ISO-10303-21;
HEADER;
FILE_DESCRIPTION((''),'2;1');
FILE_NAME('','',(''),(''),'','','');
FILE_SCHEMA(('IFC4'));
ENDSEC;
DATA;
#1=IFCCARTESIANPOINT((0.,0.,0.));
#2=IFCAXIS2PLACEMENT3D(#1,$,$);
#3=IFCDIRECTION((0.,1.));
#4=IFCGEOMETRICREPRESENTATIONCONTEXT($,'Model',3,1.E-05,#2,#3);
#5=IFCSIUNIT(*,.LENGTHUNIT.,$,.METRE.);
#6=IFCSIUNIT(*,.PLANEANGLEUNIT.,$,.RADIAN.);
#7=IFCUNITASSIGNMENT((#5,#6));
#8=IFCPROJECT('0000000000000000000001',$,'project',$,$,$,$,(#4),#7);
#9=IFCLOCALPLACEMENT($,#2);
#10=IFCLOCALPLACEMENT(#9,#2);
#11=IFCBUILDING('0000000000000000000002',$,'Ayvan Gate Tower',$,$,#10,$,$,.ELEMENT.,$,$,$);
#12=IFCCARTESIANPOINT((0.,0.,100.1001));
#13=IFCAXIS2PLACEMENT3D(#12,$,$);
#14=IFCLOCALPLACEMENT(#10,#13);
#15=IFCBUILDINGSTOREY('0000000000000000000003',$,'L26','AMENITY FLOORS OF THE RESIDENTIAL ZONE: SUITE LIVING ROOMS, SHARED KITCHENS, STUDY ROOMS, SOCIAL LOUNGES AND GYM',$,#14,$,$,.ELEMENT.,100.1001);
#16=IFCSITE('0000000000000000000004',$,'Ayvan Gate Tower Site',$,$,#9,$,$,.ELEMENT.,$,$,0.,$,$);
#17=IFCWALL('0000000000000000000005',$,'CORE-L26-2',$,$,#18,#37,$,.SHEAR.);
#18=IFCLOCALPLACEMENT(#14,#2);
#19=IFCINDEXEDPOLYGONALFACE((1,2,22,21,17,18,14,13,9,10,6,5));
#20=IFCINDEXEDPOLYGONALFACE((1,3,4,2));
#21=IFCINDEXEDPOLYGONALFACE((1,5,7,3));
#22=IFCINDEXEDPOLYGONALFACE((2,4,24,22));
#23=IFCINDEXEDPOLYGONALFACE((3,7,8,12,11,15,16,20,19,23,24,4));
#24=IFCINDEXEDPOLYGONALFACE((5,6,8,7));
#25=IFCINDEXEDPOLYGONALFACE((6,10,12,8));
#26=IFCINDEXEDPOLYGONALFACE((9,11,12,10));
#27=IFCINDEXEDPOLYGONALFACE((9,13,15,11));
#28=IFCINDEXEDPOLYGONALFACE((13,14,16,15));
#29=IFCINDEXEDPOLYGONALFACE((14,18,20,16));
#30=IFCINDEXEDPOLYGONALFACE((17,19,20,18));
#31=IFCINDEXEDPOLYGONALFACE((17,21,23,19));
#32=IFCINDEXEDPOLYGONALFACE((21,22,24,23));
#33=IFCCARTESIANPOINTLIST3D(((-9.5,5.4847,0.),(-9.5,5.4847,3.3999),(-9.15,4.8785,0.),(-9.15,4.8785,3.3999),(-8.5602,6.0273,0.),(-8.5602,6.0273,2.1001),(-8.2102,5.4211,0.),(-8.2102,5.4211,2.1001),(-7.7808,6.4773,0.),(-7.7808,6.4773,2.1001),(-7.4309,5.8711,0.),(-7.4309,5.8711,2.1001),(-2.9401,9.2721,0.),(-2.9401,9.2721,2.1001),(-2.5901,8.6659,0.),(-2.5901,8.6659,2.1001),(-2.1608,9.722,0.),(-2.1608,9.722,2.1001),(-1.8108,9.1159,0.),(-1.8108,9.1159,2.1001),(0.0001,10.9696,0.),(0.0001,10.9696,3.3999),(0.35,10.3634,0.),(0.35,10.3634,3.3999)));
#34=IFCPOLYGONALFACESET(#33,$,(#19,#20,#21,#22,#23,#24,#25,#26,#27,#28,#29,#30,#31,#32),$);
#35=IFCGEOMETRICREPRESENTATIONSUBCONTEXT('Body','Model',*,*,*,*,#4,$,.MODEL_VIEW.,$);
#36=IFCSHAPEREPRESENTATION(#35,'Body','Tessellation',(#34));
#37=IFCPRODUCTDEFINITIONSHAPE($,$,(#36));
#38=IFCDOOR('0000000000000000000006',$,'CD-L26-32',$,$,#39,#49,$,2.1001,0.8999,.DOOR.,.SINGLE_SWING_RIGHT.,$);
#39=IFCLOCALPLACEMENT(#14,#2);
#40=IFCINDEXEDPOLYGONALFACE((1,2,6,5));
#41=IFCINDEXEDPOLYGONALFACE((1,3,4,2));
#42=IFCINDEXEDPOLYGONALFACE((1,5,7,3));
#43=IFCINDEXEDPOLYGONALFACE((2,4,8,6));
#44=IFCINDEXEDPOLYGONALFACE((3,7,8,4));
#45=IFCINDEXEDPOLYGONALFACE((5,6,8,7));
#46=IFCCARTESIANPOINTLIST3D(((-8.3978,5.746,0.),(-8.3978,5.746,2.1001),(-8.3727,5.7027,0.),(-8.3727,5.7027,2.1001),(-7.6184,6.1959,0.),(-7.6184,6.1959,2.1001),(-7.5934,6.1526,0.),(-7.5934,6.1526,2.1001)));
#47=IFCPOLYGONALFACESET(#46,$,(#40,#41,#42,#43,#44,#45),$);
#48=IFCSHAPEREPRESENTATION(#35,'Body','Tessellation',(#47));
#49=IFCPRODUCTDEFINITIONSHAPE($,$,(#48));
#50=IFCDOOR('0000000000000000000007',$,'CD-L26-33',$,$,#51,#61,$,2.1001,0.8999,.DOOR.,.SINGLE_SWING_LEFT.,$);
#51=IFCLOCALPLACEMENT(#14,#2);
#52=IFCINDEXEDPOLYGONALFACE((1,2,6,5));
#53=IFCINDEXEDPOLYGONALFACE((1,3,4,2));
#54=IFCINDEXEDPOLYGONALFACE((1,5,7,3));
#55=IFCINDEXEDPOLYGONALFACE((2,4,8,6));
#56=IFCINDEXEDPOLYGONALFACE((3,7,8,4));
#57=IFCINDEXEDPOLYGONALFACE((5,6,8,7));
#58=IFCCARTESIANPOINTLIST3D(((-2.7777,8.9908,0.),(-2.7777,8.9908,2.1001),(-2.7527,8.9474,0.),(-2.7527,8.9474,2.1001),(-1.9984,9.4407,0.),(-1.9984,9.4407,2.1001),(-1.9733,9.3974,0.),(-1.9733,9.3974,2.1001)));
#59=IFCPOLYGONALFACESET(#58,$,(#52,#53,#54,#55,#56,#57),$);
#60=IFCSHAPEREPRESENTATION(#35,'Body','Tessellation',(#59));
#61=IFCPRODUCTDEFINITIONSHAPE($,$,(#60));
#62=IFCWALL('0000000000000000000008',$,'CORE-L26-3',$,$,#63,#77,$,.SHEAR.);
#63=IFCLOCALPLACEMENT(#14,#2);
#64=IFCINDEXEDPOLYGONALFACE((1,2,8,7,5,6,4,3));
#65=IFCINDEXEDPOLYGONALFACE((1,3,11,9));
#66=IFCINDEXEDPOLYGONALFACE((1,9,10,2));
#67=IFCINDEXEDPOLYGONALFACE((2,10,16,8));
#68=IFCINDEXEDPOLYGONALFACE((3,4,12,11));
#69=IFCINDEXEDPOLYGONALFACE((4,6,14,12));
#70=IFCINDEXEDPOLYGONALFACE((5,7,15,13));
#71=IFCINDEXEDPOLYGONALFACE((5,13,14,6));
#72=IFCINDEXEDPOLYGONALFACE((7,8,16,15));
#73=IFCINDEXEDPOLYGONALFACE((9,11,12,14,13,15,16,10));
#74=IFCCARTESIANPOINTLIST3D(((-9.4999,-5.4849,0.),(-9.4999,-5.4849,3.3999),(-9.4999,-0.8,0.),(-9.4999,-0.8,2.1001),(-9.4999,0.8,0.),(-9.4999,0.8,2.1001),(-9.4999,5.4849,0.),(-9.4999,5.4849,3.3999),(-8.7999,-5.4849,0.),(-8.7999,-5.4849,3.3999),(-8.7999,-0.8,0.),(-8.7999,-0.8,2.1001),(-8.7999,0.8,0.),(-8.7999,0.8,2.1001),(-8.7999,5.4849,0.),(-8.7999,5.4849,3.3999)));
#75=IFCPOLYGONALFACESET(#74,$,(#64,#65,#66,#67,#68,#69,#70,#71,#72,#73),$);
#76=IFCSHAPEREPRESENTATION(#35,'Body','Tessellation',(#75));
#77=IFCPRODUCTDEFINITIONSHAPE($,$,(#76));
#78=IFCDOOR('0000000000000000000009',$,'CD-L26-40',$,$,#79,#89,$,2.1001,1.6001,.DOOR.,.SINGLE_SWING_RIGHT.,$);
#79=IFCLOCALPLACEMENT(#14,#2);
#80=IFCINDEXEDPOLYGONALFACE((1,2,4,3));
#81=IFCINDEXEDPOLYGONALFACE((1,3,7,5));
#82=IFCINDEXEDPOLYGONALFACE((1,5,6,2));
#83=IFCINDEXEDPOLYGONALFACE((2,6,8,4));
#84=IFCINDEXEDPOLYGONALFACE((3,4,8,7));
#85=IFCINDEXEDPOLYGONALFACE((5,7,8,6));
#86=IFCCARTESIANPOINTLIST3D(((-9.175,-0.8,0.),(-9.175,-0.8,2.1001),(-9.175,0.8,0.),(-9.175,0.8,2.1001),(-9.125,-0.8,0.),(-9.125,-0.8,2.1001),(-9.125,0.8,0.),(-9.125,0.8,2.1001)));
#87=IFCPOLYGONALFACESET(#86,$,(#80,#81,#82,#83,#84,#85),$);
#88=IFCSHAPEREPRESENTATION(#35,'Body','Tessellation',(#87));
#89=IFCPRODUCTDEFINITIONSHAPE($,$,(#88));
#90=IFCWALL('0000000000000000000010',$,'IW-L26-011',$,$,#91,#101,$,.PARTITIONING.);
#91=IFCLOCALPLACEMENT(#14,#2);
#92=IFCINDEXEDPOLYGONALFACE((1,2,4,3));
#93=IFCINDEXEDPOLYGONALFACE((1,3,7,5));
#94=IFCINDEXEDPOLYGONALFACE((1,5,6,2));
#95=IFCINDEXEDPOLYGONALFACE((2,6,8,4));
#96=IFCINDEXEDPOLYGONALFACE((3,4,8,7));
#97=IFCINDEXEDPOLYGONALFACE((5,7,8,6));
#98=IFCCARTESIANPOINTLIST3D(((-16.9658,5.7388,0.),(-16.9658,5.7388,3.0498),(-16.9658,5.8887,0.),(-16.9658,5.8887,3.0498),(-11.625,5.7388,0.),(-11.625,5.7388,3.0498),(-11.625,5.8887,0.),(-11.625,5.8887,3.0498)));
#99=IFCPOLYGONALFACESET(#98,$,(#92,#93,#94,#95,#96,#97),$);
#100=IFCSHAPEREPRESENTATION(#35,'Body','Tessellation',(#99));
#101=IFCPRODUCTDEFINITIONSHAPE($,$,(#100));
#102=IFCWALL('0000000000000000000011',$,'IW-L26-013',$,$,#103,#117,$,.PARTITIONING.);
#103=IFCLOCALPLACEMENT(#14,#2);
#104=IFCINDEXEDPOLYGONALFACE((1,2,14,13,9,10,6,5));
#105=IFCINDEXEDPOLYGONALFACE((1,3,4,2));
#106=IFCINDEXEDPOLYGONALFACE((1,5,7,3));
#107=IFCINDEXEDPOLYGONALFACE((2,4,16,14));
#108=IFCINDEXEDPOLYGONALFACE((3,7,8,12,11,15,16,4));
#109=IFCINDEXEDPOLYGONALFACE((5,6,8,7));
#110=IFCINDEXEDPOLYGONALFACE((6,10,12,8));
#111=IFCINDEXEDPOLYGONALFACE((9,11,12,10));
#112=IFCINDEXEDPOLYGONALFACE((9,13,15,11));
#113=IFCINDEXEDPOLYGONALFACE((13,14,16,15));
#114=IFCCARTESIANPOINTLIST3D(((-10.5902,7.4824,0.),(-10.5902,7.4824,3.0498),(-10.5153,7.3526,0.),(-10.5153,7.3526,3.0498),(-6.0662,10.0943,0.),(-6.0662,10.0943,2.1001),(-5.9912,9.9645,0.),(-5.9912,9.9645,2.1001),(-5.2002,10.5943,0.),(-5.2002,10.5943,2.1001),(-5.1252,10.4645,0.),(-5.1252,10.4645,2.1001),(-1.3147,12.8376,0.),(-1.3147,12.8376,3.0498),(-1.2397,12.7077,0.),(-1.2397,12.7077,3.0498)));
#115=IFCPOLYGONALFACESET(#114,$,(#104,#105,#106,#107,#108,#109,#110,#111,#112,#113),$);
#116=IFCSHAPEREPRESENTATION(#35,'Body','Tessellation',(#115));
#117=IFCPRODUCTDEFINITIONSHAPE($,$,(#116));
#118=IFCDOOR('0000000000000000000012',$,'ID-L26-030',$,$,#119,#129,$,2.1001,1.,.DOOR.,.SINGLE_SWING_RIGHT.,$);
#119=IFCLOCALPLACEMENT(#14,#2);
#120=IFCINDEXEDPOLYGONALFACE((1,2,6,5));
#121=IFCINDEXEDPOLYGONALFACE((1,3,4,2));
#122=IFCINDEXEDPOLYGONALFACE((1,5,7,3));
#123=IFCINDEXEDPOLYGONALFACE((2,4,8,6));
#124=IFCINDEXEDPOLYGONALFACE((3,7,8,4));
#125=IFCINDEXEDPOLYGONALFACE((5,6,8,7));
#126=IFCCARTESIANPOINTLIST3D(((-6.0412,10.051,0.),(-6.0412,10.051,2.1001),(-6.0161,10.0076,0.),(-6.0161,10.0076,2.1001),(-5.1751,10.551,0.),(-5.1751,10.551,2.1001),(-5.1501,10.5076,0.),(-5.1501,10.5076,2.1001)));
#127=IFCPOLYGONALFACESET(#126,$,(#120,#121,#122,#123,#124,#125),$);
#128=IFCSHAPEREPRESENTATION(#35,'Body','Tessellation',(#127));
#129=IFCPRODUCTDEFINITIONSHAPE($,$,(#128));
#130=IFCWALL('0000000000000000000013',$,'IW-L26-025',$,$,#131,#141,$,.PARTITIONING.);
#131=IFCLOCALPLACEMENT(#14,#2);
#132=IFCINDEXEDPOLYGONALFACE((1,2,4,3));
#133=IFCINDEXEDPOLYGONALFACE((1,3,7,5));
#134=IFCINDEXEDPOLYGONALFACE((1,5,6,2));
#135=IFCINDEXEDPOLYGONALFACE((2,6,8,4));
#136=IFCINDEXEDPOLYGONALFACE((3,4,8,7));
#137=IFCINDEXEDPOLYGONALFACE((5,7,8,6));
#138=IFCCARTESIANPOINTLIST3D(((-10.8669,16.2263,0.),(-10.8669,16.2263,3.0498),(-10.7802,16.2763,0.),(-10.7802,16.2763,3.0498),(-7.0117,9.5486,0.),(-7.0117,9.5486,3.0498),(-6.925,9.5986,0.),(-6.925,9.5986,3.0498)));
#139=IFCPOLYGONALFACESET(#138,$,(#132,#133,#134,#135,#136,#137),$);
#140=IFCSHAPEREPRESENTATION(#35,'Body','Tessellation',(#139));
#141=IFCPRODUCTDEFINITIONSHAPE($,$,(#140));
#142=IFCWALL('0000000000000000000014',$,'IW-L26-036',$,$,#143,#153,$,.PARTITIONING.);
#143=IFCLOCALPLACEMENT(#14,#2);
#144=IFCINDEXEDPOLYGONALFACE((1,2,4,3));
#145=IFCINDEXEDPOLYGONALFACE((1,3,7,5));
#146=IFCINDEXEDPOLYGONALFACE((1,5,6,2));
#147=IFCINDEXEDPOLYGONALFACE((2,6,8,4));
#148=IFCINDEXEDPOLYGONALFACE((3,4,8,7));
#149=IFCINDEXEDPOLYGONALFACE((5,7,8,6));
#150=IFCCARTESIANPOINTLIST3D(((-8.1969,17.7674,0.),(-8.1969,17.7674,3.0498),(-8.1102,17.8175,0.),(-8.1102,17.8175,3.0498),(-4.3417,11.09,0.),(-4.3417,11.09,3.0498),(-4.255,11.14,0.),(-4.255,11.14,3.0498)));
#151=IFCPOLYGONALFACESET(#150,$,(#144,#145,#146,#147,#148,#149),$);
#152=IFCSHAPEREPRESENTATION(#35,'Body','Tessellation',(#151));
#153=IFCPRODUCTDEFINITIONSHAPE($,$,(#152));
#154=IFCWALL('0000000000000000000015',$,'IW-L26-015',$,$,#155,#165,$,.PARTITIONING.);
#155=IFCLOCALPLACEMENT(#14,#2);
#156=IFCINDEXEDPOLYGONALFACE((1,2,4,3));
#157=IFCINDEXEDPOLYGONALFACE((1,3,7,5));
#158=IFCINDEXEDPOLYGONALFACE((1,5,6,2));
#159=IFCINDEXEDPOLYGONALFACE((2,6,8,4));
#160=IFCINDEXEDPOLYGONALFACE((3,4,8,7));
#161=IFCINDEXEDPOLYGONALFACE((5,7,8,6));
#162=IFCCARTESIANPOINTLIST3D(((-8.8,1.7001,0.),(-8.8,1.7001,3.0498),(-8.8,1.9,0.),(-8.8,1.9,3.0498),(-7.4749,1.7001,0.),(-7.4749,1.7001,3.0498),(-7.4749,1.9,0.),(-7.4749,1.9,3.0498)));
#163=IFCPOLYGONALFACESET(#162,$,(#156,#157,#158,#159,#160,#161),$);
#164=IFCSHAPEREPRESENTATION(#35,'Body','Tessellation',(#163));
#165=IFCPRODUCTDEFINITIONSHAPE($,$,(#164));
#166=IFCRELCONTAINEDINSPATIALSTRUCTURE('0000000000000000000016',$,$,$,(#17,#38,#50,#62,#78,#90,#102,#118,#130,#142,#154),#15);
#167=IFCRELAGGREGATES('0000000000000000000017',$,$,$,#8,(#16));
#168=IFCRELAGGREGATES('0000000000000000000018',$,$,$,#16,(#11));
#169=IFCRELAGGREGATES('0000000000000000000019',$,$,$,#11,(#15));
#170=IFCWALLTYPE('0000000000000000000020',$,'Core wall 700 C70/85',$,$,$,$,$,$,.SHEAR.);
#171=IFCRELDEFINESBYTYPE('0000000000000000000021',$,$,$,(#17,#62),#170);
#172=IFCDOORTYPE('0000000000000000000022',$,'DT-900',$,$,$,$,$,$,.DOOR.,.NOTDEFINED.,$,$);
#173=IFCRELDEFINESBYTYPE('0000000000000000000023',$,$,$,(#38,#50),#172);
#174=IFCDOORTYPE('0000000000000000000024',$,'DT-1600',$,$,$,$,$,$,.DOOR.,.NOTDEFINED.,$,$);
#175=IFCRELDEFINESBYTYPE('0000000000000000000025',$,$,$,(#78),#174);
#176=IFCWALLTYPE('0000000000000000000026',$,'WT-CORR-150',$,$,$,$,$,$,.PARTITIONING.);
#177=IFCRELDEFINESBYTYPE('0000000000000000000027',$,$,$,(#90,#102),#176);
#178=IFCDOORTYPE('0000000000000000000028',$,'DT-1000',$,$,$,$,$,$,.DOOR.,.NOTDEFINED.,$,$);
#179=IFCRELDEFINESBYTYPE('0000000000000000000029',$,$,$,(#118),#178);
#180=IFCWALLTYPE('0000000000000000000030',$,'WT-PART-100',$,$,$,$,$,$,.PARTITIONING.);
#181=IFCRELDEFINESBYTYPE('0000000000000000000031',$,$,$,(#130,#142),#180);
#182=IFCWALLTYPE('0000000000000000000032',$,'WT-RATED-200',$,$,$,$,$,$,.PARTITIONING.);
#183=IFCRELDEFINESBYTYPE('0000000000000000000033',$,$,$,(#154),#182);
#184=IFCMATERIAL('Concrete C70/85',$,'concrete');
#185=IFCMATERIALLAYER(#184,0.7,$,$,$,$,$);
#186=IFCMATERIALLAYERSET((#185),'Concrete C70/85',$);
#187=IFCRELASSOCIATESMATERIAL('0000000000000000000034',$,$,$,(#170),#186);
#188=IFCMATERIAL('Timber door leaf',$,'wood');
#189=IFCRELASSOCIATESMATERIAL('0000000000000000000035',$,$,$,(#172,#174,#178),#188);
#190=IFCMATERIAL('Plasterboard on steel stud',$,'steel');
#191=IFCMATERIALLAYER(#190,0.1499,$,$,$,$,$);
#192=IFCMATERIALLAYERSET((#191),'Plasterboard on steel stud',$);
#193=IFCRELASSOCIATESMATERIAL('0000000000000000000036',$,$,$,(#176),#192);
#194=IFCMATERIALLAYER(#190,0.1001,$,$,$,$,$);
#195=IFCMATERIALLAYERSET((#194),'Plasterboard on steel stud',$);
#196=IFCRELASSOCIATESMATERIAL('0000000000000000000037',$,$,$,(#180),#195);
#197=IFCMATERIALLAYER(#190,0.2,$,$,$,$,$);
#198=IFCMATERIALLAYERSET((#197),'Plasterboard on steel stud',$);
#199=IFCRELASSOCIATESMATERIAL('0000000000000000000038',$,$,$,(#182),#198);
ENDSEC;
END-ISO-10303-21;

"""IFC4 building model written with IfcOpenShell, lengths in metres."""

from ifc_helpers import new_model, si_unit, direction, frame, frame_2d, origin, place, context, subcontext, project, spatial, rectangle, extrude, material, layer, layer_set, type_object, element, fill, save


model = new_model("IFC4")

# Units and contexts
model_context = context("Model", 3, precision=1e-05, world=origin(), true_north=direction((0.0, 1.0)))
body_context = subcontext(model_context, "Body", "Model", "MODEL_VIEW")
ifc_project = project(units=[si_unit("LENGTHUNIT", "METRE"), si_unit("PLANEANGLEUNIT", "RADIAN")], contexts=[model_context])

# Site, building, storey
site_placement = place(None, origin())
site = spatial("IfcSite", under=ifc_project, at=site_placement, Name="Ayvan Gate Tower Site", CompositionType="ELEMENT", RefElevation=0.0)
building_placement = place(site_placement, origin())
building = spatial("IfcBuilding", under=site, at=building_placement, Name="Ayvan Gate Tower", CompositionType="ELEMENT")
storey_placement = place(building_placement, frame((0.0, 0.0, 100.1001)))
storey = spatial("IfcBuildingStorey", under=building, at=storey_placement, Name="L26", Description="AMENITY FLOORS OF THE RESIDENTIAL ZONE: SUITE LIVING ROOMS, SHARED KITCHENS, STUDY ROOMS, SOCIAL LOUNGES AND GYM", CompositionType="ELEMENT", Elevation=100.1001)

# Wall, openings, doors
ifc_material_1 = material(Name="Concrete C70/85", Category="concrete")
ifc_layer_1 = layer(ifc_material_1, 0.7)
ifc_layer_set_1 = layer_set([ifc_layer_1], Name="Concrete C70/85")
wall_type_1 = type_object("IfcWallType", Name="Core wall 700 C70/85", PredefinedType="SHEAR", material=ifc_layer_set_1)
wall_1_placement = place(storey_placement, frame((0.175, 10.6665, 0.0), z_axis=(0.0, 0.0, 1.0), x_axis=(-0.866024, -0.500002, 0.0)))
wall_1 = element("IfcWall", 1, at=wall_1_placement, inside=storey, type_object=wall_type_1, Name="CORE-L26-2", PredefinedType="SHEAR", context=body_context, shape_type="SweptSolid", body=[
    extrude(rectangle(XDim=10.9697, YDim=0.7, at=frame_2d((5.4849, 0.0))), origin(), (0.0, 0.0, 1.0), 3.3999),
])
opening_1_placement = place(wall_1_placement, frame((8.9846, 0.0, 0.0)))
opening_1 = element("IfcOpeningElement", 2, at=opening_1_placement, cuts=wall_1, PredefinedType="OPENING", context=body_context, shape_type="SweptSolid", body=[
    extrude(rectangle(XDim=0.8999, YDim=2.1001, at=frame_2d((0.45, 1.05))), frame((0.0, 0.3599, 0.0), z_axis=(0.0, -1.0, 0.0), x_axis=(1.0, 0.0, 0.0)), (0.0, 0.0, 1.0), 0.72),
])
opening_2_placement = place(wall_1_placement, frame((2.4951, 0.0, 0.0)))
opening_2 = element("IfcOpeningElement", 3, at=opening_2_placement, cuts=wall_1, PredefinedType="OPENING", context=body_context, shape_type="SweptSolid", body=[
    extrude(rectangle(XDim=0.8999, YDim=2.1001, at=frame_2d((0.45, 1.05))), frame((0.0, 0.3599, 0.0), z_axis=(0.0, -1.0, 0.0), x_axis=(1.0, 0.0, 0.0)), (0.0, 0.0, 1.0), 0.72),
])
ifc_material_2 = material(Name="Timber door leaf", Category="wood")
door_type_1 = type_object("IfcDoorType", Name="DT-900", OperationType="NOTDEFINED", PredefinedType="DOOR", material=ifc_material_2)
door_1_placement = place(opening_1_placement, origin())
door_1 = element("IfcDoor", 4, at=door_1_placement, inside=storey, type_object=door_type_1, Name="CD-L26-32", OperationType="SINGLE_SWING_RIGHT", OverallHeight=2.1001, OverallWidth=0.8999, PredefinedType="DOOR", context=body_context, shape_type="SweptSolid", body=[
    extrude(rectangle(XDim=0.8999, YDim=2.1001, at=frame_2d((0.45, 1.05))), frame((0.0, 0.0249, 0.0), z_axis=(0.0, -1.0, 0.0), x_axis=(1.0, 0.0, 0.0)), (0.0, 0.0, 1.0), 0.05),
])
fill(opening_1, door_1)
door_2_placement = place(opening_2_placement, origin())
door_2 = element("IfcDoor", 5, at=door_2_placement, inside=storey, type_object=door_type_1, Name="CD-L26-33", OperationType="SINGLE_SWING_LEFT", OverallHeight=2.1001, OverallWidth=0.8999, PredefinedType="DOOR", context=body_context, shape_type="SweptSolid", body=[
    extrude(rectangle(XDim=0.8999, YDim=2.1001, at=frame_2d((0.45, 1.05))), frame((0.0, 0.0249, 0.0), z_axis=(0.0, -1.0, 0.0), x_axis=(1.0, 0.0, 0.0)), (0.0, 0.0, 1.0), 0.05),
])
fill(opening_2, door_2)

# Wall, opening, door
wall_2_placement = place(storey_placement, frame((-9.1499, 5.4849, 0.0), z_axis=(0.0, 0.0, 1.0), x_axis=(0.0, -1.0, 0.0)))
wall_2 = element("IfcWall", 6, at=wall_2_placement, inside=storey, type_object=wall_type_1, Name="CORE-L26-3", PredefinedType="SHEAR", context=body_context, shape_type="SweptSolid", body=[
    extrude(rectangle(XDim=10.9697, YDim=0.7, at=frame_2d((5.4849, 0.0))), origin(), (0.0, 0.0, 1.0), 3.3999),
])
opening_3_placement = place(wall_2_placement, frame((4.6848, 0.0, 0.0)))
opening_3 = element("IfcOpeningElement", 7, at=opening_3_placement, cuts=wall_2, PredefinedType="OPENING", context=body_context, shape_type="SweptSolid", body=[
    extrude(rectangle(XDim=1.6001, YDim=2.1001, at=frame_2d((0.8, 1.05))), frame((0.0, 0.3599, 0.0), z_axis=(0.0, -1.0, 0.0), x_axis=(1.0, 0.0, 0.0)), (0.0, 0.0, 1.0), 0.72),
])
door_type_2 = type_object("IfcDoorType", Name="DT-1600", OperationType="NOTDEFINED", PredefinedType="DOOR", material=ifc_material_2)
door_3_placement = place(opening_3_placement, origin())
door_3 = element("IfcDoor", 8, at=door_3_placement, inside=storey, type_object=door_type_2, Name="CD-L26-40", OperationType="SINGLE_SWING_RIGHT", OverallHeight=2.1001, OverallWidth=1.6001, PredefinedType="DOOR", context=body_context, shape_type="SweptSolid", body=[
    extrude(rectangle(XDim=1.6001, YDim=2.1001, at=frame_2d((0.8, 1.05))), frame((0.0, 0.0249, 0.0), z_axis=(0.0, -1.0, 0.0), x_axis=(1.0, 0.0, 0.0)), (0.0, 0.0, 1.0), 0.05),
])
fill(opening_3, door_3)

# Wall
ifc_material_3 = material(Name="Plasterboard on steel stud", Category="steel")
ifc_layer_2 = layer(ifc_material_3, 0.1499)
ifc_layer_set_2 = layer_set([ifc_layer_2], Name="Plasterboard on steel stud")
wall_type_2 = type_object("IfcWallType", Name="WT-CORR-150", PredefinedType="PARTITIONING", material=ifc_layer_set_2)
wall_3_placement = place(storey_placement, frame((-11.625, 5.8137, 0.0), z_axis=(0.0, 0.0, 1.0), x_axis=(-1.0, 0.0, 0.0)))
element("IfcWall", 9, at=wall_3_placement, inside=storey, type_object=wall_type_2, Name="IW-L26-011", PredefinedType="PARTITIONING", context=body_context, shape_type="SweptSolid", body=[
    extrude(rectangle(XDim=5.3408, YDim=0.1499, at=frame_2d((2.6704, 0.0))), origin(), (0.0, 0.0, 1.0), 3.0498),
])

# Wall, opening, door
wall_4_placement = place(storey_placement, frame((-10.5527, 7.4175, 0.0), z_axis=(0.0, 0.0, 1.0), x_axis=(0.866028, 0.499995, 0.0)))
wall_4 = element("IfcWall", 10, at=wall_4_placement, inside=storey, type_object=wall_type_2, Name="IW-L26-013", PredefinedType="PARTITIONING", context=body_context, shape_type="SweptSolid", body=[
    extrude(rectangle(XDim=10.7104, YDim=0.1499, at=frame_2d((5.3552, 0.0))), origin(), (0.0, 0.0, 1.0), 3.0498),
])
opening_4_placement = place(wall_4_placement, frame((5.2239, 0.0, 0.0)))
opening_4 = element("IfcOpeningElement", 11, at=opening_4_placement, cuts=wall_4, PredefinedType="OPENING", context=body_context, shape_type="SweptSolid", body=[
    extrude(rectangle(XDim=1.0, YDim=2.1001, at=frame_2d((0.5, 1.05))), frame((0.0, 0.085, 0.0), z_axis=(0.0, -1.0, 0.0), x_axis=(1.0, 0.0, 0.0)), (0.0, 0.0, 1.0), 0.1699),
])
door_type_3 = type_object("IfcDoorType", Name="DT-1000", OperationType="NOTDEFINED", PredefinedType="DOOR", material=ifc_material_2)
door_4_placement = place(opening_4_placement, origin())
door_4 = element("IfcDoor", 12, at=door_4_placement, inside=storey, type_object=door_type_3, Name="ID-L26-030", OperationType="SINGLE_SWING_RIGHT", OverallHeight=2.1001, OverallWidth=1.0, PredefinedType="DOOR", context=body_context, shape_type="SweptSolid", body=[
    extrude(rectangle(XDim=1.0, YDim=2.1001, at=frame_2d((0.5, 1.05))), frame((0.0, 0.0249, 0.0), z_axis=(0.0, -1.0, 0.0), x_axis=(1.0, 0.0, 0.0)), (0.0, 0.0, 1.0), 0.05),
])
fill(opening_4, door_4)

# Walls
ifc_layer_3 = layer(ifc_material_3, 0.1001)
ifc_layer_set_3 = layer_set([ifc_layer_3], Name="Plasterboard on steel stud")
wall_type_3 = type_object("IfcWallType", Name="WT-PART-100", PredefinedType="PARTITIONING", material=ifc_layer_set_3)
wall_5_placement = place(storey_placement, frame((-6.9683, 9.5735, 0.0), z_axis=(0.0, 0.0, 1.0), x_axis=(-0.499984, 0.866035, 0.0)))
element("IfcWall", 13, at=wall_5_placement, inside=storey, type_object=wall_type_3, Name="IW-L26-025", PredefinedType="PARTITIONING", context=body_context, shape_type="SweptSolid", body=[
    extrude(rectangle(XDim=7.7107, YDim=0.1001, at=frame_2d((3.8555, 0.0))), origin(), (0.0, 0.0, 1.0), 3.0498),
])
wall_6_placement = place(storey_placement, frame((-4.2983, 11.115, 0.0), z_axis=(0.0, 0.0, 1.0), x_axis=(-0.499997, 0.866027, 0.0)))
element("IfcWall", 14, at=wall_6_placement, inside=storey, type_object=wall_type_3, Name="IW-L26-036", PredefinedType="PARTITIONING", context=body_context, shape_type="SweptSolid", body=[
    extrude(rectangle(XDim=7.7104, YDim=0.1001, at=frame_2d((3.8552, 0.0))), origin(), (0.0, 0.0, 1.0), 3.0498),
])
ifc_layer_4 = layer(ifc_material_3, 0.2)
ifc_layer_set_4 = layer_set([ifc_layer_4], Name="Plasterboard on steel stud")
wall_type_4 = type_object("IfcWallType", Name="WT-RATED-200", PredefinedType="PARTITIONING", material=ifc_layer_set_4)
wall_7_placement = place(storey_placement, frame((-8.8, 1.8, 0.0), z_axis=(0.0, 0.0, 1.0), x_axis=(1.0, 0.0, 0.0)))
element("IfcWall", 15, at=wall_7_placement, inside=storey, type_object=wall_type_4, Name="IW-L26-015", PredefinedType="PARTITIONING", context=body_context, shape_type="SweptSolid", body=[
    extrude(rectangle(XDim=1.3252, YDim=0.2, at=frame_2d((0.6626, 0.0))), origin(), (0.0, 0.0, 1.0), 3.0498),
])

save(model, "model.ifc")
